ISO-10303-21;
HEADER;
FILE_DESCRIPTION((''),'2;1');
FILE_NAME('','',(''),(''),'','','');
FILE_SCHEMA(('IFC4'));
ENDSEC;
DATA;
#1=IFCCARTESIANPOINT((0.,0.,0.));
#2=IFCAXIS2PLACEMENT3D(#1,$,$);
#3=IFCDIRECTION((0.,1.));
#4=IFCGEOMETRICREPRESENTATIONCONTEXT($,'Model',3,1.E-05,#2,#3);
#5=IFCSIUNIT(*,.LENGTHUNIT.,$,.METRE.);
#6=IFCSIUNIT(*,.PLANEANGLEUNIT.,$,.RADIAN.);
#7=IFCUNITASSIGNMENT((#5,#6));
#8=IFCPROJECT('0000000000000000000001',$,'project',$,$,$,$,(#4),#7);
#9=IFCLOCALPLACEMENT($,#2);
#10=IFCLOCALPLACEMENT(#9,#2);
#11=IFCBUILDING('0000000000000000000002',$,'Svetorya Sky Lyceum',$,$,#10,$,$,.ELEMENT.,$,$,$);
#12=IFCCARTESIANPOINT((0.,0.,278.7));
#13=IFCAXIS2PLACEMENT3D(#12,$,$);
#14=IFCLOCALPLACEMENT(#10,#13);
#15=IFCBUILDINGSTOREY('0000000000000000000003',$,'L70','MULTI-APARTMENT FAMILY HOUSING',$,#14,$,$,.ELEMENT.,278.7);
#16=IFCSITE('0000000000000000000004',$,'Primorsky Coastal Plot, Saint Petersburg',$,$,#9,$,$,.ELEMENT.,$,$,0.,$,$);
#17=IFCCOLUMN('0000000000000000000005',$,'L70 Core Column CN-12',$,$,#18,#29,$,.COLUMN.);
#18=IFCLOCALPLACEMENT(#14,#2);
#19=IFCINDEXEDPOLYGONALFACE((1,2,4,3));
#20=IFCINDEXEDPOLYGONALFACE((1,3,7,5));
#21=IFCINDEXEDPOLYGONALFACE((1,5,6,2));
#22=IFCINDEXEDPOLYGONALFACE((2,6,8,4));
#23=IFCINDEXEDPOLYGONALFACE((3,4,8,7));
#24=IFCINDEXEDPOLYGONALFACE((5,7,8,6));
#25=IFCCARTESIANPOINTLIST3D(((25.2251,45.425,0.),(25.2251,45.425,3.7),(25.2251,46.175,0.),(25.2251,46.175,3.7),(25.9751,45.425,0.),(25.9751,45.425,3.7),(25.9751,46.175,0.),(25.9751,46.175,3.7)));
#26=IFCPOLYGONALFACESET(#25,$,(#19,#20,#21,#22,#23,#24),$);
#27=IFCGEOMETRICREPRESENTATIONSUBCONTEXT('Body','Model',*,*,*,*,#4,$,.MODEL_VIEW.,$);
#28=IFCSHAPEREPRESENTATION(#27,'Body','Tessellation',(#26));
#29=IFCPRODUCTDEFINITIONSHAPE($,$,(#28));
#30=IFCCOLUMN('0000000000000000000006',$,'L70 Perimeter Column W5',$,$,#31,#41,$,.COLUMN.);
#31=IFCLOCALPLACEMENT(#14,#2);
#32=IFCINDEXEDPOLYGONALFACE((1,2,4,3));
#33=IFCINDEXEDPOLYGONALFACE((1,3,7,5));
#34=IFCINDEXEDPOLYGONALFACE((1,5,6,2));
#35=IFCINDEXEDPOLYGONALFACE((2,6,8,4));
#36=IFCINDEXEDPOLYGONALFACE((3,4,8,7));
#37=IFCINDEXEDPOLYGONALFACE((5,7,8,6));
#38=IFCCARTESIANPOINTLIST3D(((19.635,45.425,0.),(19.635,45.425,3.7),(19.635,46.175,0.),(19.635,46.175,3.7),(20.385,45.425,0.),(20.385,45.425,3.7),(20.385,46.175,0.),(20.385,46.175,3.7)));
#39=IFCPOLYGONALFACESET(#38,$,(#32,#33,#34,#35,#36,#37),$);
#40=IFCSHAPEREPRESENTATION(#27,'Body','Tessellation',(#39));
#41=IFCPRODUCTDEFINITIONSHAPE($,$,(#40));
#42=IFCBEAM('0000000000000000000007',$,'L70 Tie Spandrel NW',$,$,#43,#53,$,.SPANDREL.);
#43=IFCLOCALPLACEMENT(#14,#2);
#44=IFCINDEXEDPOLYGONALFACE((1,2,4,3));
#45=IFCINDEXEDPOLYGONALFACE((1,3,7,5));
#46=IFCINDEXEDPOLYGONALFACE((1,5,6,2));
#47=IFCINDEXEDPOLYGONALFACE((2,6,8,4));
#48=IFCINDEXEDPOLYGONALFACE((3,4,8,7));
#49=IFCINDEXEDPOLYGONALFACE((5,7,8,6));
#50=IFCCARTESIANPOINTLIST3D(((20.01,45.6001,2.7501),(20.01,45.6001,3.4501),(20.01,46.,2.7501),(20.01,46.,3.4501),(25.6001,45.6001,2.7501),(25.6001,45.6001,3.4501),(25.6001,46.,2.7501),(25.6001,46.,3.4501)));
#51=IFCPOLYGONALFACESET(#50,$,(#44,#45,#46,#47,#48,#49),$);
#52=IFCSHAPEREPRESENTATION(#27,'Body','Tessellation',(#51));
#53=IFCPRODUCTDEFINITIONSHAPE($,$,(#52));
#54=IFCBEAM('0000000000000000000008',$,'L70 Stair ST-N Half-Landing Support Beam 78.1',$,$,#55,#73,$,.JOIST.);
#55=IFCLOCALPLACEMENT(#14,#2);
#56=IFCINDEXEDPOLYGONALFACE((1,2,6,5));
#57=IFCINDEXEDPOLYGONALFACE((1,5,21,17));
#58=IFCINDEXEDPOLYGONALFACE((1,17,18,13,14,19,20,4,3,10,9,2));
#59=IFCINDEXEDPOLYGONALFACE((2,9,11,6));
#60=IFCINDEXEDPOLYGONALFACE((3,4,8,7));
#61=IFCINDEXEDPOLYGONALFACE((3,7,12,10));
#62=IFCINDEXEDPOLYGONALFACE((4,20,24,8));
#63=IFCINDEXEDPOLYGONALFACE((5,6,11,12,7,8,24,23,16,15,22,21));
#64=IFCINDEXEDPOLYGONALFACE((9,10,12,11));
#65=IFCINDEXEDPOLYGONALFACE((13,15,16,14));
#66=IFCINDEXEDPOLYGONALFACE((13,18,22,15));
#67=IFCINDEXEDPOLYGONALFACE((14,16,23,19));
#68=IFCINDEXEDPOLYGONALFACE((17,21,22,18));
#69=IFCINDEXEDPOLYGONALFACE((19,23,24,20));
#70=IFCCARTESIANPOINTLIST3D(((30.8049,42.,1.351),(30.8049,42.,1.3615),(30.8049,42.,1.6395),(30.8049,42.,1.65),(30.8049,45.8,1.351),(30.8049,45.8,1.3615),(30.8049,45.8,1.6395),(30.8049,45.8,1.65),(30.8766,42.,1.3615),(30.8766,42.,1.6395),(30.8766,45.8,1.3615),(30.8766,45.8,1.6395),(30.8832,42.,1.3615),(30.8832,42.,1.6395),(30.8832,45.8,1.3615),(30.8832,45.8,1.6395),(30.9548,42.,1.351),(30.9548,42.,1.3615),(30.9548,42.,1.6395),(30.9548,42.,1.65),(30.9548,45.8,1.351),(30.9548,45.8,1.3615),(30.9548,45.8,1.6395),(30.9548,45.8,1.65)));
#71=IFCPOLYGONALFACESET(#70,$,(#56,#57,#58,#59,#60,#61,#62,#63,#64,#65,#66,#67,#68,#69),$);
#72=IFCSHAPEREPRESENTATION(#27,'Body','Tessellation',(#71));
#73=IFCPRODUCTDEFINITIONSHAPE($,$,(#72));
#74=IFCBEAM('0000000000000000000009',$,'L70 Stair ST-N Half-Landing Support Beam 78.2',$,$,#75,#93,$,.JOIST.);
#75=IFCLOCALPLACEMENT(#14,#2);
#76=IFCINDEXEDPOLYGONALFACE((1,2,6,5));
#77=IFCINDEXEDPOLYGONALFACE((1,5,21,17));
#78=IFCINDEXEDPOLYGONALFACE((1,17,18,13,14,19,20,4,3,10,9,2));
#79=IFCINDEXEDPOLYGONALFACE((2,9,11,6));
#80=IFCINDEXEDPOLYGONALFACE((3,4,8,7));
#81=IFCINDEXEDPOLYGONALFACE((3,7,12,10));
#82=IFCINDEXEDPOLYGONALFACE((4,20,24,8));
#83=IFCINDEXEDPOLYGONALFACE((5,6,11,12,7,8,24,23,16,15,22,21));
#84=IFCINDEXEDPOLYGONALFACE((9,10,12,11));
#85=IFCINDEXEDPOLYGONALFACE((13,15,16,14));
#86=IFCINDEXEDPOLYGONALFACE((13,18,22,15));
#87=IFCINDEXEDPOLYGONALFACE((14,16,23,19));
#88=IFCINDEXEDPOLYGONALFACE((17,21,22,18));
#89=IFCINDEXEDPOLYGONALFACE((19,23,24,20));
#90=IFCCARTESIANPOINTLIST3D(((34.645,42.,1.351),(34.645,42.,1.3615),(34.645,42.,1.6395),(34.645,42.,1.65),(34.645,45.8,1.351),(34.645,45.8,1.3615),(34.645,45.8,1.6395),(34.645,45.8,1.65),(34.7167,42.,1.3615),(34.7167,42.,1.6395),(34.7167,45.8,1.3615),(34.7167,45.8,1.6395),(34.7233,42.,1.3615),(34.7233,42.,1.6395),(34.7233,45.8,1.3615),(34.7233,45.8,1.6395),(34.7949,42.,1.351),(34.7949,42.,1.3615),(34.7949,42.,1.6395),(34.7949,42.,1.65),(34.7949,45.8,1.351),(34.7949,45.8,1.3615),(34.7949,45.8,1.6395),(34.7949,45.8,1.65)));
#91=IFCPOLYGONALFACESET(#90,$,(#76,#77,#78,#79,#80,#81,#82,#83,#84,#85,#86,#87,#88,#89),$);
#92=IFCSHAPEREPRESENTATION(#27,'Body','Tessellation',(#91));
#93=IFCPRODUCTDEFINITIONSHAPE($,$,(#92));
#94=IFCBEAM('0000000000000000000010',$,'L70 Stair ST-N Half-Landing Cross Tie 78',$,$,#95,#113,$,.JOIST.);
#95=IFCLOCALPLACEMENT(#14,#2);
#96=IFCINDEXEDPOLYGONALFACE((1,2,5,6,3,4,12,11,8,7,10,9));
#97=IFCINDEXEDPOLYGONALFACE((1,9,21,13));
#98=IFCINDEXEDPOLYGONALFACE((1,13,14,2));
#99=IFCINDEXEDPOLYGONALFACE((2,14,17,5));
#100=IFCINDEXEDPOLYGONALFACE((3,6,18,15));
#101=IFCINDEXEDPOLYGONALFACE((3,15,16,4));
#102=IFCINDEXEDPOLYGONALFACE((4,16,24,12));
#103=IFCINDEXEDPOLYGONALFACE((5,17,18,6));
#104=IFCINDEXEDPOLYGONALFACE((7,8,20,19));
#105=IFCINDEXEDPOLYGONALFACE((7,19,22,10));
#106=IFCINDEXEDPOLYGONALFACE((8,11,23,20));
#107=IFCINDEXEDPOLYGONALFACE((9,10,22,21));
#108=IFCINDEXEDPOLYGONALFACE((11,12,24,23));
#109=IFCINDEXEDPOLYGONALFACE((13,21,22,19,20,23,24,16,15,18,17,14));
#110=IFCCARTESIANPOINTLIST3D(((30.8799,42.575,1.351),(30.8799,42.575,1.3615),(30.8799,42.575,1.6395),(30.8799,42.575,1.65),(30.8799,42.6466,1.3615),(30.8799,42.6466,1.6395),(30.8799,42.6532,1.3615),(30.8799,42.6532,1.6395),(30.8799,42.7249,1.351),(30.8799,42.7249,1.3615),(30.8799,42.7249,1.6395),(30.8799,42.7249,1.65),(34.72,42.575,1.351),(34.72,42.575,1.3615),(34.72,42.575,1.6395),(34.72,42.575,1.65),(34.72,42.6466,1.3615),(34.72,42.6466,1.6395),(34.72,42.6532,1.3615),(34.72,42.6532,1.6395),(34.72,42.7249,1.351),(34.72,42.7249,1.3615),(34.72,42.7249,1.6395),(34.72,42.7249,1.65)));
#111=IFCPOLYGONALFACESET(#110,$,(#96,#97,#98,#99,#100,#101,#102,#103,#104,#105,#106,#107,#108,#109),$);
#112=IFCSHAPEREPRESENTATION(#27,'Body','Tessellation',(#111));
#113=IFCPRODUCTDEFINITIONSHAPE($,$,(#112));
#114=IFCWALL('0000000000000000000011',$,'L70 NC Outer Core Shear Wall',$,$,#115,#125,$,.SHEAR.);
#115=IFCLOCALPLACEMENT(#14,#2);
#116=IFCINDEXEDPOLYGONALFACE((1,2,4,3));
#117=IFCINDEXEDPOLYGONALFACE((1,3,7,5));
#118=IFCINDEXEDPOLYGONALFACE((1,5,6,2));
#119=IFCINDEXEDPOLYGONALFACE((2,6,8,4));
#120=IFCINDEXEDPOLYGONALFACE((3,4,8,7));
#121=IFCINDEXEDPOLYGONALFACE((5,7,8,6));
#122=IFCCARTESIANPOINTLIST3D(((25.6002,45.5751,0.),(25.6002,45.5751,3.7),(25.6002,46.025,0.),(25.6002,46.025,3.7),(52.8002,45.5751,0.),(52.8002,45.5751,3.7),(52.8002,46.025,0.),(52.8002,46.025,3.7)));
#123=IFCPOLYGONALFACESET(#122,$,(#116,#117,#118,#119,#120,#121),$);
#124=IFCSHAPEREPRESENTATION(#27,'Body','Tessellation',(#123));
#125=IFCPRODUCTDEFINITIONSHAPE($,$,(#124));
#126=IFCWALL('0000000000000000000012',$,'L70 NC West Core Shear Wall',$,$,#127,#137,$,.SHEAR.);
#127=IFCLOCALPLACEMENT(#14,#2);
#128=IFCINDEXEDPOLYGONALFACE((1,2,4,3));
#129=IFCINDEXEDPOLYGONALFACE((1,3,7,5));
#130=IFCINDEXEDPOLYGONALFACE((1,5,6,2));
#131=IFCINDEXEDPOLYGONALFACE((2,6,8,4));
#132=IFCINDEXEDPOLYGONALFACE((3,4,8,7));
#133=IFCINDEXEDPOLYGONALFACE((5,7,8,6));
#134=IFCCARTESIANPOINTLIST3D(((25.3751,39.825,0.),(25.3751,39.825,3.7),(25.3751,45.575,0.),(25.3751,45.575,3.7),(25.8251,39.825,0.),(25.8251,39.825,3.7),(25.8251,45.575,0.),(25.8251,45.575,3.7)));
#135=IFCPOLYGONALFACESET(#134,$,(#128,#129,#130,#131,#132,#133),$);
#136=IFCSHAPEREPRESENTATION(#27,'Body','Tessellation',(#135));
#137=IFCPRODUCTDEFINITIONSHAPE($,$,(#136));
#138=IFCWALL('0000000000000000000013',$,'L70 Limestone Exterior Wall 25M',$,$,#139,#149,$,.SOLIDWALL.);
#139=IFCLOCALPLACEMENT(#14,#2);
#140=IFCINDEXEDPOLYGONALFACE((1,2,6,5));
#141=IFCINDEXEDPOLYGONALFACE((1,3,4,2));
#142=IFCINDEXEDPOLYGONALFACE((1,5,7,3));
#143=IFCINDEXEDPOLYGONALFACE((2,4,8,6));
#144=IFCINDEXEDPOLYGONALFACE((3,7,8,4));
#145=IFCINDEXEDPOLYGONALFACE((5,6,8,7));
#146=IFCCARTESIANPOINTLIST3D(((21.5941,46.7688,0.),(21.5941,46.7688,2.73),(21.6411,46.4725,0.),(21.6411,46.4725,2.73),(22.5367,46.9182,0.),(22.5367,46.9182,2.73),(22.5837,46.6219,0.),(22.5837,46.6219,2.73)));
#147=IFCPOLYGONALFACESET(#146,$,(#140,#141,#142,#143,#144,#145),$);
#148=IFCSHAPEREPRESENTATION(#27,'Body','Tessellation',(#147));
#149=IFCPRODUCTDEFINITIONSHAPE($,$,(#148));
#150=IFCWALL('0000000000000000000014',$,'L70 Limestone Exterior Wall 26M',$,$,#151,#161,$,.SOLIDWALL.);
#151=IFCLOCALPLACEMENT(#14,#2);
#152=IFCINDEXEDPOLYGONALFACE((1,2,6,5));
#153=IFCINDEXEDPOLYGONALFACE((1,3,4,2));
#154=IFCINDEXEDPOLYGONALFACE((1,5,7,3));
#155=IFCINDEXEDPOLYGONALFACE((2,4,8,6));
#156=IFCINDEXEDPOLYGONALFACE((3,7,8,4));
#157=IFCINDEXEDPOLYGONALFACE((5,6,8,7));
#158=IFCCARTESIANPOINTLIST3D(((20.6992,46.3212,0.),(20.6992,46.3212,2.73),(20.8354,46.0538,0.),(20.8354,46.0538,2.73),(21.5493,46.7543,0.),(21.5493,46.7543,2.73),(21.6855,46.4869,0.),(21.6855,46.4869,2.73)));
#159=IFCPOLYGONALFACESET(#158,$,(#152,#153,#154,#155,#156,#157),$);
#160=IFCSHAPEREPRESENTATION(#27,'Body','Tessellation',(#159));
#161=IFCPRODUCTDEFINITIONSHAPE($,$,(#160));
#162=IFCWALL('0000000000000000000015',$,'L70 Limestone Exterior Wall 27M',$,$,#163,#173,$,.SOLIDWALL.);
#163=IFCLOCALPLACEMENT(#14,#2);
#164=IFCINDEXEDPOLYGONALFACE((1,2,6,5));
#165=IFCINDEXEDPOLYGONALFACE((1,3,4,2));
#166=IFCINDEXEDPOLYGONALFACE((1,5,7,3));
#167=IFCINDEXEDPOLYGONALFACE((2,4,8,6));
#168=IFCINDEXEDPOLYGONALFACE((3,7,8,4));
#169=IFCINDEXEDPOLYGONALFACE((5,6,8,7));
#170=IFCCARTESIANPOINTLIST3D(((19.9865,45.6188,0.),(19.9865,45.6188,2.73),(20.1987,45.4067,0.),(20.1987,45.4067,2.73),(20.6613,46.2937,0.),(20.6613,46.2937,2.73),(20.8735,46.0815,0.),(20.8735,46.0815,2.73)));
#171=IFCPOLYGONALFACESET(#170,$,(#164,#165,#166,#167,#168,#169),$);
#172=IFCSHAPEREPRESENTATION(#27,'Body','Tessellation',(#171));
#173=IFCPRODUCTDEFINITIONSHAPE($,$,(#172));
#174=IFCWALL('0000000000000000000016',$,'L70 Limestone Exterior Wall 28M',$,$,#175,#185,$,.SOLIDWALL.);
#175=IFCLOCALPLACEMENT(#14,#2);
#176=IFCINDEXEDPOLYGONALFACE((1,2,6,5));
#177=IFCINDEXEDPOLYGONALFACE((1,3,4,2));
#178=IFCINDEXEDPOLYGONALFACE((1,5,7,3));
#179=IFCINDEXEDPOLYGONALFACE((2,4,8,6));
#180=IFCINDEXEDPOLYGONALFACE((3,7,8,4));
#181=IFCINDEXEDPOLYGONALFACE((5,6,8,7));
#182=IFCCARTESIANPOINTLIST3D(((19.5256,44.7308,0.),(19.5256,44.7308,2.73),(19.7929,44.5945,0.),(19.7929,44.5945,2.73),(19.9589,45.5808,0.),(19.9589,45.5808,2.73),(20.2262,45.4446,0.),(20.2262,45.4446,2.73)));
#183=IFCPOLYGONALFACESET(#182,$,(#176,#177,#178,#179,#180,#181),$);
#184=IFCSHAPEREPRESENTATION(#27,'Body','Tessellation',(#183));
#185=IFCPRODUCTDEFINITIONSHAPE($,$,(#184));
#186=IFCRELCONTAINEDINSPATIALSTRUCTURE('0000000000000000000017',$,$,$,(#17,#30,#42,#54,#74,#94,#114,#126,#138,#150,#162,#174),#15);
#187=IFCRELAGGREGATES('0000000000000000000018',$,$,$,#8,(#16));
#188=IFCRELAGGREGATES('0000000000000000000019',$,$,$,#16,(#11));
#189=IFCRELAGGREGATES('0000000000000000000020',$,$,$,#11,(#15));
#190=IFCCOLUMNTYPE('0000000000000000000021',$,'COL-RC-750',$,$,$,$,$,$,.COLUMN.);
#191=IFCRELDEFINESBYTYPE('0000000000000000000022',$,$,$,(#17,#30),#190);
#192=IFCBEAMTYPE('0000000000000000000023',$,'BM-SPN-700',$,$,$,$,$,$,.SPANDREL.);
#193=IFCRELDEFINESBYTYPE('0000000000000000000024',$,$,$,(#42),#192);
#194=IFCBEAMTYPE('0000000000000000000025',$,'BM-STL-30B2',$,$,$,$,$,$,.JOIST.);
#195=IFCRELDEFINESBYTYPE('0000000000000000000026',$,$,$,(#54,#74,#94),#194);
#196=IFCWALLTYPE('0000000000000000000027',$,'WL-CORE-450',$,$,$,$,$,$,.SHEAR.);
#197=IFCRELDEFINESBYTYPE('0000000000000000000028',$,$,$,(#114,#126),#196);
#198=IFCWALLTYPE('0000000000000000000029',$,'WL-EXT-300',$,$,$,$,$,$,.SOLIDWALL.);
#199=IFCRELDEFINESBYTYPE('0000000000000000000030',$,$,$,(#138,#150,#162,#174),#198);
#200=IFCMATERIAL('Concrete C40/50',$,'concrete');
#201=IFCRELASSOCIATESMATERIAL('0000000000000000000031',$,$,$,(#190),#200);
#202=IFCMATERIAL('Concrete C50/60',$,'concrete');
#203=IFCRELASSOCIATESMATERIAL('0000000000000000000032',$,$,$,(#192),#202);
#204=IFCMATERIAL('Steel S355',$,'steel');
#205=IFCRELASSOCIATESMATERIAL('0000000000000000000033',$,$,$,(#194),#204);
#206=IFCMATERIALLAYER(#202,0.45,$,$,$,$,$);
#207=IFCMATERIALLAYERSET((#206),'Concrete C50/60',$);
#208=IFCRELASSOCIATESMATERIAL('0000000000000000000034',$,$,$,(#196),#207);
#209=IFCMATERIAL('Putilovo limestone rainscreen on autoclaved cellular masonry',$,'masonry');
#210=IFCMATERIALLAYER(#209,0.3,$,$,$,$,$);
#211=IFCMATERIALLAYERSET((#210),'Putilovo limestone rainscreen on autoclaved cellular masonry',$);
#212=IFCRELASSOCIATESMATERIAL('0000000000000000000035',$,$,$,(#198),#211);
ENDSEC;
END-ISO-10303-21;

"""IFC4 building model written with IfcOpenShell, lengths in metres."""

from ifc_helpers import new_model, si_unit, direction, frame, frame_2d, origin, origin_2d, place, context, subcontext, project, spatial, rectangle, i_section, extrude, material, layer, layer_set, material_profile, profile_set, type_object, element, save


model = new_model("IFC4")

# Units and contexts
model_context = context("Model", 3, precision=1e-05, world=origin(), true_north=direction((0.0, 1.0)))
body_context = subcontext(model_context, "Body", "Model", "MODEL_VIEW")
ifc_project = project(units=[si_unit("LENGTHUNIT", "METRE"), si_unit("PLANEANGLEUNIT", "RADIAN")], contexts=[model_context])

# Site, building, storey
site_placement = place(None, origin())
site = spatial("IfcSite", under=ifc_project, at=site_placement, Name="Primorsky Coastal Plot, Saint Petersburg", CompositionType="ELEMENT", RefElevation=0.0)
building_placement = place(site_placement, origin())
building = spatial("IfcBuilding", under=site, at=building_placement, Name="Svetorya Sky Lyceum", CompositionType="ELEMENT")
storey_placement = place(building_placement, frame((0.0, 0.0, 278.7)))
storey = spatial("IfcBuildingStorey", under=building, at=storey_placement, Name="L70", Description="MULTI-APARTMENT FAMILY HOUSING", CompositionType="ELEMENT", Elevation=278.7)

# Columns
ifc_material_1 = material(Name="Concrete C40/50", Category="concrete")
ifc_material_profile_1 = material_profile(ifc_material_1, rectangle(XDim=0.75, YDim=0.75, at=origin_2d()), Name="RC COL 750x750")
ifc_profile_set_1 = profile_set([ifc_material_profile_1], Name="Concrete C40/50")
column_type = type_object("IfcColumnType", Name="COL-RC-750", PredefinedType="COLUMN", material=ifc_profile_set_1)
for number, where, z_axis, x_axis, name in (
    (1, (25.6001, 45.8, 0.0), (0.0, 0.0, 1.0), (1.0, 0.0, 0.0), "L70 Core Column CN-12"),
    (2, (20.01, 45.8, 0.0), (0.0, 0.0, 1.0), (1.0, 0.0, 0.0), "L70 Perimeter Column W5"),
):
    element("IfcColumn", number, at=place(storey_placement, frame(where, z_axis=z_axis, x_axis=x_axis)), inside=storey, type_object=column_type, Name=name, PredefinedType="COLUMN", context=body_context, shape_type="SweptSolid", body=[
        extrude(rectangle(XDim=0.75, YDim=0.75, at=origin_2d()), origin(), (0.0, 0.0, 1.0), 3.7),
    ])

# Beams
ifc_material_2 = material(Name="Concrete C50/60", Category="concrete")
ifc_material_profile_2 = material_profile(ifc_material_2, rectangle(XDim=0.3999, YDim=0.7, at=origin_2d()), Name="RC SPANDREL 400x700")
ifc_profile_set_2 = profile_set([ifc_material_profile_2], Name="Concrete C50/60")
beam_type_1 = type_object("IfcBeamType", Name="BM-SPN-700", PredefinedType="SPANDREL", material=ifc_profile_set_2)
beam_1_placement = place(storey_placement, frame((20.01, 45.8, 3.1001), z_axis=(1.0, 0.0, 0.0), x_axis=(0.0, 1.0, 0.0)))
element("IfcBeam", 3, at=beam_1_placement, inside=storey, type_object=beam_type_1, Name="L70 Tie Spandrel NW", PredefinedType="SPANDREL", context=body_context, shape_type="SweptSolid", body=[
    extrude(rectangle(XDim=0.3999, YDim=0.7, at=origin_2d()), origin(), (0.0, 0.0, 1.0), 5.5901),
])
ifc_material_3 = material(Name="Steel S355", Category="steel")
ifc_material_profile_3 = material_profile(ifc_material_3, i_section(OverallWidth=0.1499, OverallDepth=0.2991, WebThickness=0.0066, FlangeThickness=0.0105, at=origin_2d()), Name="GOST 30B2")
ifc_profile_set_3 = profile_set([ifc_material_profile_3], Name="Steel S355")
beam_type_2 = type_object("IfcBeamType", Name="BM-STL-30B2", PredefinedType="JOIST", material=ifc_profile_set_3)
for number, where, z_axis, x_axis, name in (
    (4, (30.8799, 42.0, 1.5005), (0.0, 1.0, 0.0), (-1.0, 0.0, 0.0), "L70 Stair ST-N Half-Landing Support Beam 78.1"),
    (5, (34.72, 42.0, 1.5005), (0.0, 1.0, 0.0), (-1.0, 0.0, 0.0), "L70 Stair ST-N Half-Landing Support Beam 78.2"),
):
    element("IfcBeam", number, at=place(storey_placement, frame(where, z_axis=z_axis, x_axis=x_axis)), inside=storey, type_object=beam_type_2, Name=name, PredefinedType="JOIST", context=body_context, shape_type="SweptSolid", body=[
        extrude(i_section(OverallWidth=0.1499, OverallDepth=0.2991, WebThickness=0.0066, FlangeThickness=0.0105, at=origin_2d()), origin(), (0.0, 0.0, 1.0), 3.8),
    ])
beam_2_placement = place(storey_placement, frame((30.8799, 42.6499, 1.5005), z_axis=(1.0, 0.0, 0.0), x_axis=(0.0, 1.0, 0.0)))
element("IfcBeam", 6, at=beam_2_placement, inside=storey, type_object=beam_type_2, Name="L70 Stair ST-N Half-Landing Cross Tie 78", PredefinedType="JOIST", context=body_context, shape_type="SweptSolid", body=[
    extrude(i_section(OverallWidth=0.1499, OverallDepth=0.2991, WebThickness=0.0066, FlangeThickness=0.0105, at=origin_2d()), origin(), (0.0, 0.0, 1.0), 3.8401),
])

# Walls
ifc_layer_1 = layer(ifc_material_2, 0.45)
ifc_layer_set_1 = layer_set([ifc_layer_1], Name="Concrete C50/60")
wall_type_1 = type_object("IfcWallType", Name="WL-CORE-450", PredefinedType="SHEAR", material=ifc_layer_set_1)
wall_1_placement = place(storey_placement, frame((25.6001, 45.8, 0.0), z_axis=(0.0, 0.0, 1.0), x_axis=(1.0, 0.0, 0.0)))
element("IfcWall", 7, at=wall_1_placement, inside=storey, type_object=wall_type_1, Name="L70 NC Outer Core Shear Wall", PredefinedType="SHEAR", context=body_context, shape_type="SweptSolid", body=[
    extrude(rectangle(XDim=27.2, YDim=0.45, at=frame_2d((13.6001, 0.0))), origin(), (0.0, 0.0, 1.0), 3.7),
])
wall_2_placement = place(storey_placement, frame((25.6001, 39.825, 0.0), z_axis=(0.0, 0.0, 1.0), x_axis=(0.0, 1.0, 0.0)))
element("IfcWall", 8, at=wall_2_placement, inside=storey, type_object=wall_type_1, Name="L70 NC West Core Shear Wall", PredefinedType="SHEAR", context=body_context, shape_type="SweptSolid", body=[
    extrude(rectangle(XDim=5.75, YDim=0.45, at=frame_2d((2.875, 0.0))), origin(), (0.0, 0.0, 1.0), 3.7),
])
ifc_material_4 = material(Name="Putilovo limestone rainscreen on autoclaved cellular masonry", Category="masonry")
ifc_layer_2 = layer(ifc_material_4, 0.3)
ifc_layer_set_2 = layer_set([ifc_layer_2], Name="Putilovo limestone rainscreen on autoclaved cellular masonry")
wall_type_2 = type_object("IfcWallType", Name="WL-EXT-300", PredefinedType="SOLIDWALL", material=ifc_layer_set_2)
wall_3_placement = place(storey_placement, frame((22.5601, 46.77, 0.0), z_axis=(0.0, 0.0, 1.0), x_axis=(-0.987669, -0.156554, 0.0)))
element("IfcWall", 9, at=wall_3_placement, inside=storey, type_object=wall_type_2, Name="L70 Limestone Exterior Wall 25M", PredefinedType="SOLIDWALL", context=body_context, shape_type="SweptSolid", body=[
    extrude(rectangle(XDim=0.9543, YDim=0.3, at=frame_2d((0.4771, 0.0))), origin(), (0.0, 0.0, 1.0), 2.73),
])
wall_4_placement = place(storey_placement, frame((21.6174, 46.6206, 0.0), z_axis=(0.0, 0.0, 1.0), x_axis=(-0.891024, -0.453956, 0.0)))
element("IfcWall", 10, at=wall_4_placement, inside=storey, type_object=wall_type_2, Name="L70 Limestone Exterior Wall 26M", PredefinedType="SOLIDWALL", context=body_context, shape_type="SweptSolid", body=[
    extrude(rectangle(XDim=0.9541, YDim=0.3, at=frame_2d((0.4771, 0.0))), origin(), (0.0, 0.0, 1.0), 2.73),
])
wall_5_placement = place(storey_placement, frame((20.7673, 46.1875, 0.0), z_axis=(0.0, 0.0, 1.0), x_axis=(-0.707107, -0.707107, 0.0)))
element("IfcWall", 11, at=wall_5_placement, inside=storey, type_object=wall_type_2, Name="L70 Limestone Exterior Wall 27M", PredefinedType="SOLIDWALL", context=body_context, shape_type="SweptSolid", body=[
    extrude(rectangle(XDim=0.9543, YDim=0.3, at=frame_2d((0.4771, 0.0))), origin(), (0.0, 0.0, 1.0), 2.73),
])
wall_6_placement = place(storey_placement, frame((20.0925, 45.5127, 0.0), z_axis=(0.0, 0.0, 1.0), x_axis=(-0.45416, -0.89092, 0.0)))
element("IfcWall", 12, at=wall_6_placement, inside=storey, type_object=wall_type_2, Name="L70 Limestone Exterior Wall 28M", PredefinedType="SOLIDWALL", context=body_context, shape_type="SweptSolid", body=[
    extrude(rectangle(XDim=0.9541, YDim=0.3, at=frame_2d((0.4771, 0.0))), origin(), (0.0, 0.0, 1.0), 2.73),
])

save(model, "model.ifc")
